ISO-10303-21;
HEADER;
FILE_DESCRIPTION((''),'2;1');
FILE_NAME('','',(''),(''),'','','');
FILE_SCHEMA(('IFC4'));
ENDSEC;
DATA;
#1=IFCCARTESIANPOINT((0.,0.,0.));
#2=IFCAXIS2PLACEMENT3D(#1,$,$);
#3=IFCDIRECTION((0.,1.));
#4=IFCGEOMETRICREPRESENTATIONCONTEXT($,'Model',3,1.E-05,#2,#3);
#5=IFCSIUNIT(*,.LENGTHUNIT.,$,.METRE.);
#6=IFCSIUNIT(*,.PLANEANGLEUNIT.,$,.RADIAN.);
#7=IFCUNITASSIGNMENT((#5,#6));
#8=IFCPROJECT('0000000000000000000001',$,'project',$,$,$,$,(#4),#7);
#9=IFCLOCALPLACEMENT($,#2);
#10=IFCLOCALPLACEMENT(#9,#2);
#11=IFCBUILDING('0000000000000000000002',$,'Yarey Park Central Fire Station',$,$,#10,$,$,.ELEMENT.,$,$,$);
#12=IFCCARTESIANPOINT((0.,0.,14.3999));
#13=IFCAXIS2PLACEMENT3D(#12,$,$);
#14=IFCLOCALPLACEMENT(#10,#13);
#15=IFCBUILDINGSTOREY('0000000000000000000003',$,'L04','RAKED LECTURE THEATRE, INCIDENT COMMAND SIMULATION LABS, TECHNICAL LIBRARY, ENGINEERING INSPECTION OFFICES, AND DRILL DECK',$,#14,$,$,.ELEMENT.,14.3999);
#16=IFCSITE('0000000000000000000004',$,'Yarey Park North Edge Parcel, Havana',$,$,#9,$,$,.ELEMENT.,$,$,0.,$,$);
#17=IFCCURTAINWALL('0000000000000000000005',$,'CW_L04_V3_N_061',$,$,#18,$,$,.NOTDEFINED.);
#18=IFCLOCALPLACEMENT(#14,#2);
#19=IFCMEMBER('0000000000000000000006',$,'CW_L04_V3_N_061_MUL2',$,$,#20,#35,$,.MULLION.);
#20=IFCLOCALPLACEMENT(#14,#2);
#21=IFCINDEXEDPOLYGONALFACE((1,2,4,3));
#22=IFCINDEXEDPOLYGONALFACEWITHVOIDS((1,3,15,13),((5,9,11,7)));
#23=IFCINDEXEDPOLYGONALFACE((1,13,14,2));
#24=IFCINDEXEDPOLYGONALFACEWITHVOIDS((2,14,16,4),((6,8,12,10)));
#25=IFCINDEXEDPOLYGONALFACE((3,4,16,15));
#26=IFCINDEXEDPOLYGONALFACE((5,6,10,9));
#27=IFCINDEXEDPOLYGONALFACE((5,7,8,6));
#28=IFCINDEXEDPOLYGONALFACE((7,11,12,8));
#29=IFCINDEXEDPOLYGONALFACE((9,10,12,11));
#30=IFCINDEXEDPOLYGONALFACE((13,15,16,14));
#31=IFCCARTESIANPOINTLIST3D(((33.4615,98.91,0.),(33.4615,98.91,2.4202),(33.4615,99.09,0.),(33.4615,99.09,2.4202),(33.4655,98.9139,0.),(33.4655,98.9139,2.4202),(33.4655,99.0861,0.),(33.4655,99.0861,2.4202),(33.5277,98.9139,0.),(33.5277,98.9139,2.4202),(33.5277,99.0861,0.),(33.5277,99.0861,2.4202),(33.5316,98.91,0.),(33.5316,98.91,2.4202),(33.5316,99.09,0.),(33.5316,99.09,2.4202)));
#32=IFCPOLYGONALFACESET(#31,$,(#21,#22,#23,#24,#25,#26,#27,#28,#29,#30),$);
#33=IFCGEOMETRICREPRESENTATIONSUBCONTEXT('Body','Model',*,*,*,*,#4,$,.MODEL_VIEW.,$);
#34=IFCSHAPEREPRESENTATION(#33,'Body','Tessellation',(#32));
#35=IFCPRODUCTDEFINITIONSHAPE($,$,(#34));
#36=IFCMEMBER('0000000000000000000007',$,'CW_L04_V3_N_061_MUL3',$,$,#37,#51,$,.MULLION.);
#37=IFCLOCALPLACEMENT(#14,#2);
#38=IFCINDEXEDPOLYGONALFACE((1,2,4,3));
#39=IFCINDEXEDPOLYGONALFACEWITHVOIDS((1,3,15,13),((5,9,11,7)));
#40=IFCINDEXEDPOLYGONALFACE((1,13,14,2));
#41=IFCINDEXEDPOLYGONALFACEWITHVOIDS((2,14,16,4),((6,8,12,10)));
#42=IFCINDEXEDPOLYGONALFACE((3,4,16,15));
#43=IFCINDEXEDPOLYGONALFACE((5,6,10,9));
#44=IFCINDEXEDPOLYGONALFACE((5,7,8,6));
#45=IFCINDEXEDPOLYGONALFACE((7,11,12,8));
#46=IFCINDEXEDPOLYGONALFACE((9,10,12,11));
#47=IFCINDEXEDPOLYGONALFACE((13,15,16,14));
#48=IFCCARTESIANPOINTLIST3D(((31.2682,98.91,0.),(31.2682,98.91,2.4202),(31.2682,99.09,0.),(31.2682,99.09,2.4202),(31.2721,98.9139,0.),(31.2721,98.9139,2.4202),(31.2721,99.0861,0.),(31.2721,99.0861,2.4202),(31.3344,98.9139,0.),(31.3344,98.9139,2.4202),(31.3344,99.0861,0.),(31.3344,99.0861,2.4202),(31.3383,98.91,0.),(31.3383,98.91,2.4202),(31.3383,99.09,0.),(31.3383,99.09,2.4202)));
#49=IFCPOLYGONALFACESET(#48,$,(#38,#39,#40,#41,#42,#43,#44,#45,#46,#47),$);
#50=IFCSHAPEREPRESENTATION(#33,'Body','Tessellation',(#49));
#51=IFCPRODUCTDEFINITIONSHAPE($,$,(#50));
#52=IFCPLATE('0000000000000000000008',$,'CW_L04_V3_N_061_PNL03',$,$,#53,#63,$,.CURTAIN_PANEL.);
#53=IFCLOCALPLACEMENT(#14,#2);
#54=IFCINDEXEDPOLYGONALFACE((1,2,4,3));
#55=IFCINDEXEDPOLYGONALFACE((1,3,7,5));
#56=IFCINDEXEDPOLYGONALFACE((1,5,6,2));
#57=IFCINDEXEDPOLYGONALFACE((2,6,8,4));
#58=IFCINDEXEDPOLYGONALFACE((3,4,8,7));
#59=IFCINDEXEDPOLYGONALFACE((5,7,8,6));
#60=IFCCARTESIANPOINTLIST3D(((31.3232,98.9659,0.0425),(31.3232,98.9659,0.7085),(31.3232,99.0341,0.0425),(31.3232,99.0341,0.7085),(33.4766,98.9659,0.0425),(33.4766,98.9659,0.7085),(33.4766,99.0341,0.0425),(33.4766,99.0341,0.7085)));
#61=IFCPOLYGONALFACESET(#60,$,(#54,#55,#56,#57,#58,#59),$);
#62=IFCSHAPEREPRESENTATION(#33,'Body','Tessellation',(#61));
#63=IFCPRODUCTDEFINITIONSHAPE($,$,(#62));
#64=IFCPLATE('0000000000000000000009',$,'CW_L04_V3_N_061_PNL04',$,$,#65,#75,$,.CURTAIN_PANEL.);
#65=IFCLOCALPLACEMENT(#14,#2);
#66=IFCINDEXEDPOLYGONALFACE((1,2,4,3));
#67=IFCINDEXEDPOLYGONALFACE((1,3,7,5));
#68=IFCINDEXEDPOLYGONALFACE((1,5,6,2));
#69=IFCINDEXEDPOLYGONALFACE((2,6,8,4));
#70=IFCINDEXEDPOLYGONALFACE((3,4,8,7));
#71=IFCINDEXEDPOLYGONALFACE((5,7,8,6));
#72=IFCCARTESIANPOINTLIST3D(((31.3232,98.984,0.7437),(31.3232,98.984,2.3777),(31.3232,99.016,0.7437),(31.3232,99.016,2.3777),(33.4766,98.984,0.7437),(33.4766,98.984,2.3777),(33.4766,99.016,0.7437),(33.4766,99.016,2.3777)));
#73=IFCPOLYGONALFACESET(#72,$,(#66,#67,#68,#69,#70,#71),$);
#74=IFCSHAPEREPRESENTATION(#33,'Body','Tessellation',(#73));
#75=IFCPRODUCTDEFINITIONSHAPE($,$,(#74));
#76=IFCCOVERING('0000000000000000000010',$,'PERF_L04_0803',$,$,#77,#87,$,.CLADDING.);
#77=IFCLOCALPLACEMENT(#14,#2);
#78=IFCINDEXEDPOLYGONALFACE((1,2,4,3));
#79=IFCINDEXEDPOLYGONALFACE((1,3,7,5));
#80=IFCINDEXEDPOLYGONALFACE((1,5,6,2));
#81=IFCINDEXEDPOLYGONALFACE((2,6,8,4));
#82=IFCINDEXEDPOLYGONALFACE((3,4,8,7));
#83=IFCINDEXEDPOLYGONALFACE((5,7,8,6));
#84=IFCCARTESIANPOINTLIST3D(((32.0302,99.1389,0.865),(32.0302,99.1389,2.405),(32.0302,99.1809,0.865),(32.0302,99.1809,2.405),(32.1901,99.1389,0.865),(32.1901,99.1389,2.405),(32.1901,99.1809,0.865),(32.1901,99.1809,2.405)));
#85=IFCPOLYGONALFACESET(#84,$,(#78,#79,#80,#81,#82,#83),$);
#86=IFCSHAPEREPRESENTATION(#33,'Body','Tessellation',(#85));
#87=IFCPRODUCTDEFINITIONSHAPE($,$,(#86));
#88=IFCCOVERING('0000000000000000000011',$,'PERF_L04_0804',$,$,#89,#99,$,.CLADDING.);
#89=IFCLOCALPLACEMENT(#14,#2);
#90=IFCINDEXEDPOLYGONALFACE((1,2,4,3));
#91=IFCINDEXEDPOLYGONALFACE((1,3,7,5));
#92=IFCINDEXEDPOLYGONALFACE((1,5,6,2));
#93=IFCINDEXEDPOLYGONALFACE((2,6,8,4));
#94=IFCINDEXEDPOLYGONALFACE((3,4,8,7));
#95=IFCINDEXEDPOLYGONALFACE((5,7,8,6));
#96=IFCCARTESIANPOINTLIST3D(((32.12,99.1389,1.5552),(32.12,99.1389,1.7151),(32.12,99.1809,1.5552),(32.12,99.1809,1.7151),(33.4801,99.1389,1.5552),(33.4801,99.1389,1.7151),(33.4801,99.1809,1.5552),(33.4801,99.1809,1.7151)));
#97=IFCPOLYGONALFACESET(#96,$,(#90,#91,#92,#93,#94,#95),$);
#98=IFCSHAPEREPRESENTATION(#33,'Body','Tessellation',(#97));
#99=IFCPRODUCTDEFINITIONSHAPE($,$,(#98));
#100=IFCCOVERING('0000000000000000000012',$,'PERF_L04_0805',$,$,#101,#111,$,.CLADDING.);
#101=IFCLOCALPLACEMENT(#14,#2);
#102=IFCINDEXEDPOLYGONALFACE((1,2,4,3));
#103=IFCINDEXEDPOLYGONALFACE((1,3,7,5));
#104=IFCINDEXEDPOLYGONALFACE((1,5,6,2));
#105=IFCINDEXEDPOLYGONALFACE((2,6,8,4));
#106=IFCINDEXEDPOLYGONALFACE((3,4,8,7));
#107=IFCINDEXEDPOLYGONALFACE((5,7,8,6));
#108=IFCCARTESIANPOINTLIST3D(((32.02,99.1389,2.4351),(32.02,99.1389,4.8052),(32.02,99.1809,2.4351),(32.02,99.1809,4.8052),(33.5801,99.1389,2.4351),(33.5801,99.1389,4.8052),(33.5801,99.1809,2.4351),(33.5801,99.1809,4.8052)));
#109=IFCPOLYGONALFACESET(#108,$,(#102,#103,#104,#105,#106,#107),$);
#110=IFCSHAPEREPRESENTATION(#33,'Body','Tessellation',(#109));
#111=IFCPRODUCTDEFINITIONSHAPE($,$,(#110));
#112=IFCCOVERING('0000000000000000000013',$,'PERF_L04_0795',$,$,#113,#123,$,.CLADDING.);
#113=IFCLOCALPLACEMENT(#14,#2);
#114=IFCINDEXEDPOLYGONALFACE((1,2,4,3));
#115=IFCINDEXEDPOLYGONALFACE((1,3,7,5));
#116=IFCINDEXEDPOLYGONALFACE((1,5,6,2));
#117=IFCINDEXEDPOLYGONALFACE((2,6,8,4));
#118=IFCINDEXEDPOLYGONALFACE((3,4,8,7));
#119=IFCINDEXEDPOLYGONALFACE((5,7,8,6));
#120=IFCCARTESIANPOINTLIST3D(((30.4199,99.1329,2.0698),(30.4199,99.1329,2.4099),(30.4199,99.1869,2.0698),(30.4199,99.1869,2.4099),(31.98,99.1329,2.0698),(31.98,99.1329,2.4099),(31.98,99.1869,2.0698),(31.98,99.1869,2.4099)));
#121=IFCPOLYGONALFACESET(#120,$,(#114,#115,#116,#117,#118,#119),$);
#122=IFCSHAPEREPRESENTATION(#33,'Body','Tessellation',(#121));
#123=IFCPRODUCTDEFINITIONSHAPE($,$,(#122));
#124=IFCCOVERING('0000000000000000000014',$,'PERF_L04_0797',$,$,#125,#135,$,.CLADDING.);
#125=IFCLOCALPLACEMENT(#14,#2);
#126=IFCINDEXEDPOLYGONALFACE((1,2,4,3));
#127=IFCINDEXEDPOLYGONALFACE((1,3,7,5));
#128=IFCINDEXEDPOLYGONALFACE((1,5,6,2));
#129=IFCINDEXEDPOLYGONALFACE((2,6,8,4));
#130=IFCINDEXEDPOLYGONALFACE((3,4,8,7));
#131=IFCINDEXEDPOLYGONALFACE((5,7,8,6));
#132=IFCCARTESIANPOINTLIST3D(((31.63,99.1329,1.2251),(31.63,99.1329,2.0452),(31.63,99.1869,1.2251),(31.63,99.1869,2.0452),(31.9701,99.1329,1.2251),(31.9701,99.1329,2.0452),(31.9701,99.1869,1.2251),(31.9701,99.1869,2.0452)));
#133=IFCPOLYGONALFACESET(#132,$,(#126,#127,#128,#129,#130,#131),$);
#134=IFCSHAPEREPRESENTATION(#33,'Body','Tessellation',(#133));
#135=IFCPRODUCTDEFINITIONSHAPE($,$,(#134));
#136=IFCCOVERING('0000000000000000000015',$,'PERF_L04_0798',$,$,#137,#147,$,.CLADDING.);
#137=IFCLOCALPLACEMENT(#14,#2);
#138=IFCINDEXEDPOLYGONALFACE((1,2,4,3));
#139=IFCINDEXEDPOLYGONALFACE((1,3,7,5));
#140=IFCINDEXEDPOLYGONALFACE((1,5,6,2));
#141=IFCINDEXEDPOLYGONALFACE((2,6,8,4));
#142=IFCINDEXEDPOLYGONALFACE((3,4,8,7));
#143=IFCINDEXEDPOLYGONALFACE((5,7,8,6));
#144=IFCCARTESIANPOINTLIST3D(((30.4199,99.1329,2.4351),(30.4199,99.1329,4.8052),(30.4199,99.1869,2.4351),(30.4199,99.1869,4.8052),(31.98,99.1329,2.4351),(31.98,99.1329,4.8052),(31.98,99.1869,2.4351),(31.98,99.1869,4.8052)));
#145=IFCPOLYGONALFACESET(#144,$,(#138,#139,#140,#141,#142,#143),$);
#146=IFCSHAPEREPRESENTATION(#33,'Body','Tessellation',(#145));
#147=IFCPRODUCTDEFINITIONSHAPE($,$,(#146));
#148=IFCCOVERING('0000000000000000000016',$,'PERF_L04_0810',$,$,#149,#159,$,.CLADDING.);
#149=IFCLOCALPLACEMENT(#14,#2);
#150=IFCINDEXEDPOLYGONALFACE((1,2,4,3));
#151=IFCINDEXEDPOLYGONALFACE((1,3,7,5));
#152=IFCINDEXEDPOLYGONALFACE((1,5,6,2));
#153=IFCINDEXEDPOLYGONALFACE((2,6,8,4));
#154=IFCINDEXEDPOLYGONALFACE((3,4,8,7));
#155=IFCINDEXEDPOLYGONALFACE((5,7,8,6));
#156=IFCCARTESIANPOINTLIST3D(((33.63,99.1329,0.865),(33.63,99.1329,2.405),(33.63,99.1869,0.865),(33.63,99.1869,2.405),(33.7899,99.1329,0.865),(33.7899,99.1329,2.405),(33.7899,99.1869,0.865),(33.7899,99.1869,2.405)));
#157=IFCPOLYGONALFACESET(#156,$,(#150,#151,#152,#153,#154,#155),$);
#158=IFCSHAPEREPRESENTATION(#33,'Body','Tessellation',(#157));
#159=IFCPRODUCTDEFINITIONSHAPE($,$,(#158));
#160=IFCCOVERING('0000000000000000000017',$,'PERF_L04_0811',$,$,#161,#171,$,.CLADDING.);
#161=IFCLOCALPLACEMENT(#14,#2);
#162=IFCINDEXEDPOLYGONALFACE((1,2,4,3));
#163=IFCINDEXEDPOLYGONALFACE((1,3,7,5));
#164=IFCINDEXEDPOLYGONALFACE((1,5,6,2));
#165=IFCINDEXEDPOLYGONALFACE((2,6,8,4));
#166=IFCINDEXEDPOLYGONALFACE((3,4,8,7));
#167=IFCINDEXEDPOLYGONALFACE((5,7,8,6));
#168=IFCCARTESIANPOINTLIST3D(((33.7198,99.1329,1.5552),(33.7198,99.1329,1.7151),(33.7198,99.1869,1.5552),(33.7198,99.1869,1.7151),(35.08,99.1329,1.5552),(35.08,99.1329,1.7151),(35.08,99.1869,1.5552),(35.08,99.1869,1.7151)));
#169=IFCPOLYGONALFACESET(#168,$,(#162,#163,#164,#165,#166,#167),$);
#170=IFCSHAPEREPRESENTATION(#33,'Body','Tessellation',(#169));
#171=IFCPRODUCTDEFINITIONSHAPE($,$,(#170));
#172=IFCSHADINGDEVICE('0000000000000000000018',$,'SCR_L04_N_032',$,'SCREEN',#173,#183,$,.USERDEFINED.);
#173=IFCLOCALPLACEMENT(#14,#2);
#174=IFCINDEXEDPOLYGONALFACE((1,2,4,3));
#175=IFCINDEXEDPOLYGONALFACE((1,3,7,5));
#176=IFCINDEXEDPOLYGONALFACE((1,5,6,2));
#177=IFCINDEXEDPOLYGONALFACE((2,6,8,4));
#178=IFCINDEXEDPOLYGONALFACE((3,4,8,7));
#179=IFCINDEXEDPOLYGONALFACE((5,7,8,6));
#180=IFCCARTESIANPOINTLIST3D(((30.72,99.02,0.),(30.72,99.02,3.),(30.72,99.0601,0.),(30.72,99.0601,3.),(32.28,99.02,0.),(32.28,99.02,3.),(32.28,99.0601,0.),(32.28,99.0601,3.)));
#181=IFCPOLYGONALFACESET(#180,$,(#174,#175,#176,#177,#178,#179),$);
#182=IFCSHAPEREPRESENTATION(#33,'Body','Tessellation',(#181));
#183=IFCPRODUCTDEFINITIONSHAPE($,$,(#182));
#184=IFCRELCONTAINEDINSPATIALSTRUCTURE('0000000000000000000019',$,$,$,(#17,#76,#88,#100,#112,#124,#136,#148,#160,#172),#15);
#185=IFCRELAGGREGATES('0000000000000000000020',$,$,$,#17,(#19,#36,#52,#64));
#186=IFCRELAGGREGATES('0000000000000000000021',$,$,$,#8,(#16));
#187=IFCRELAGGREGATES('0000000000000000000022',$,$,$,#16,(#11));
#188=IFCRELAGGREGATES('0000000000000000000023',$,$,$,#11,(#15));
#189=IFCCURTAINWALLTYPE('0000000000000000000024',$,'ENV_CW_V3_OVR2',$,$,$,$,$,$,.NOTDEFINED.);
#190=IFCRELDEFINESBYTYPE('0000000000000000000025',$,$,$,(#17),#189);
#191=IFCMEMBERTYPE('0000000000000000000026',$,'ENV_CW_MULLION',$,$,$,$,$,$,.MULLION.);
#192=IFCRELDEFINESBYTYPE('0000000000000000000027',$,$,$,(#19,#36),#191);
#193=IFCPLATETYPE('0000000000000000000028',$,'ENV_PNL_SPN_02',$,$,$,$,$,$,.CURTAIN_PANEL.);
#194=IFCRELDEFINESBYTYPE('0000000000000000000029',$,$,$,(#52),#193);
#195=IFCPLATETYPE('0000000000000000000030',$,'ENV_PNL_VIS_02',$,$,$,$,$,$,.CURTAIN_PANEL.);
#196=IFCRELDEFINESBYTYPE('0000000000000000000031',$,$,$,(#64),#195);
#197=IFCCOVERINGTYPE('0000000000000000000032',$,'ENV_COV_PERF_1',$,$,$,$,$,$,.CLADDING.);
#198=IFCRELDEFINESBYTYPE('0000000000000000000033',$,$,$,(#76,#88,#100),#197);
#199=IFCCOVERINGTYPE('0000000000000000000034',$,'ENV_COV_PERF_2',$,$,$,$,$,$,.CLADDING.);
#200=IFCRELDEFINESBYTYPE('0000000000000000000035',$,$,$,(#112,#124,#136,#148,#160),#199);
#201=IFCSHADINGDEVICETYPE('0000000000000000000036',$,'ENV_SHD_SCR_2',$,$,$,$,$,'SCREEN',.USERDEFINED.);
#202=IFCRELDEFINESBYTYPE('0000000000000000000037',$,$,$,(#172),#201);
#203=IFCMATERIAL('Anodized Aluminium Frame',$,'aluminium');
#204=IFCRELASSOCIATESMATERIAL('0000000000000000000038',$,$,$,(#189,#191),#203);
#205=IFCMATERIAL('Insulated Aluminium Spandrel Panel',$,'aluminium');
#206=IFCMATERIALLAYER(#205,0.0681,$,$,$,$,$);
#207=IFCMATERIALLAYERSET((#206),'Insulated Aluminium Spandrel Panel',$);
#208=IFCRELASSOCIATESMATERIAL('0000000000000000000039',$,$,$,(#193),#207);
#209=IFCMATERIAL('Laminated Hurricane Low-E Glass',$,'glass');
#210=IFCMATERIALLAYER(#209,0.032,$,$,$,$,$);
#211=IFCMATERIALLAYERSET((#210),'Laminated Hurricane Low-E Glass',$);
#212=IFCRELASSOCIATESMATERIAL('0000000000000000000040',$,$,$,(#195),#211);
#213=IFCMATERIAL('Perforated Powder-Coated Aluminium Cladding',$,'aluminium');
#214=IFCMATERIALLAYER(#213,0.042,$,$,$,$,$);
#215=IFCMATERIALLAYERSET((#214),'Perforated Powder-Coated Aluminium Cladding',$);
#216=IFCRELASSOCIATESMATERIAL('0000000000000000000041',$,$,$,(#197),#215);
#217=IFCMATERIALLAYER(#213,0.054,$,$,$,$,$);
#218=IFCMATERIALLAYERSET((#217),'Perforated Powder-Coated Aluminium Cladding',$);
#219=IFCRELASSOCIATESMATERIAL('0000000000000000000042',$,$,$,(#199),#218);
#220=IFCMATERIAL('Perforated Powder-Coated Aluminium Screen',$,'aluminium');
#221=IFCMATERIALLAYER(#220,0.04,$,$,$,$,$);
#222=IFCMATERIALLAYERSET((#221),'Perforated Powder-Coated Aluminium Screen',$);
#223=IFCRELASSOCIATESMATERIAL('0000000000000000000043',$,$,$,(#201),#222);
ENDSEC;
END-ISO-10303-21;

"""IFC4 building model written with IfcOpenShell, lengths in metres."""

from ifc_helpers import new_model, si_unit, direction, frame, origin, origin_2d, place, context, subcontext, project, spatial, rectangle, hollow_rectangle, extrude, material, layer, layer_set, material_profile, profile_set, type_object, element, aggregate, save


model = new_model("IFC4")

# Units and contexts
model_context = context("Model", 3, precision=1e-05, world=origin(), true_north=direction((0.0, 1.0)))
body_context = subcontext(model_context, "Body", "Model", "MODEL_VIEW")
ifc_project = project(units=[si_unit("LENGTHUNIT", "METRE"), si_unit("PLANEANGLEUNIT", "RADIAN")], contexts=[model_context])

# Site, building, storey
site_placement = place(None, origin())
site = spatial("IfcSite", under=ifc_project, at=site_placement, Name="Yarey Park North Edge Parcel, Havana", CompositionType="ELEMENT", RefElevation=0.0)
building_placement = place(site_placement, origin())
building = spatial("IfcBuilding", under=site, at=building_placement, Name="Yarey Park Central Fire Station", CompositionType="ELEMENT")
storey_placement = place(building_placement, frame((0.0, 0.0, 14.3999)))
storey = spatial("IfcBuildingStorey", under=building, at=storey_placement, Name="L04", Description="RAKED LECTURE THEATRE, INCIDENT COMMAND SIMULATION LABS, TECHNICAL LIBRARY, ENGINEERING INSPECTION OFFICES, AND DRILL DECK", CompositionType="ELEMENT", Elevation=14.3999)

# Curtain wall, members, plates
ifc_material_1 = material(Name="Anodized Aluminium Frame", Category="aluminium")
curtain_wall_type = type_object("IfcCurtainWallType", Name="ENV_CW_V3_OVR2", PredefinedType="NOTDEFINED", material=ifc_material_1)
curtain_wall_placement = place(storey_placement, origin())
curtain_wall = element("IfcCurtainWall", 1, at=curtain_wall_placement, inside=storey, type_object=curtain_wall_type, Name="CW_L04_V3_N_061", PredefinedType="NOTDEFINED")
ifc_material_profile = material_profile(ifc_material_1, hollow_rectangle(XDim=0.0701, YDim=0.1799, WallThickness=0.0039, at=origin_2d()), Name="ALU 180x70x4")
ifc_profile_set = profile_set([ifc_material_profile], Name="Anodized Aluminium Frame")
member_type = type_object("IfcMemberType", Name="ENV_CW_MULLION", PredefinedType="MULLION", material=ifc_profile_set)
member_1_placement = place(storey_placement, frame((33.4966, 99.0, 0.0), z_axis=(0.0, 0.0, 1.0), x_axis=(1.0, 0.0, 0.0)))
member_1 = element("IfcMember", 2, at=member_1_placement, type_object=member_type, Name="CW_L04_V3_N_061_MUL2", PredefinedType="MULLION", context=body_context, shape_type="SweptSolid", body=[
    extrude(hollow_rectangle(XDim=0.0701, YDim=0.1799, WallThickness=0.0039, at=origin_2d()), origin(), (0.0, 0.0, 1.0), 2.4202),
])
member_2_placement = place(storey_placement, frame((31.3032, 99.0, 0.0), z_axis=(0.0, 0.0, 1.0), x_axis=(1.0, 0.0, 0.0)))
member_2 = element("IfcMember", 3, at=member_2_placement, type_object=member_type, Name="CW_L04_V3_N_061_MUL3", PredefinedType="MULLION", context=body_context, shape_type="SweptSolid", body=[
    extrude(hollow_rectangle(XDim=0.0701, YDim=0.1799, WallThickness=0.0039, at=origin_2d()), origin(), (0.0, 0.0, 1.0), 2.4202),
])
ifc_material_2 = material(Name="Insulated Aluminium Spandrel Panel", Category="aluminium")
ifc_layer_1 = layer(ifc_material_2, 0.0681)
ifc_layer_set_1 = layer_set([ifc_layer_1], Name="Insulated Aluminium Spandrel Panel")
plate_type_1 = type_object("IfcPlateType", Name="ENV_PNL_SPN_02", PredefinedType="CURTAIN_PANEL", material=ifc_layer_set_1)
plate_1_placement = place(storey_placement, frame((32.3999, 99.0, 0.0425), z_axis=(0.0, 0.0, 1.0), x_axis=(-1.0, 0.0, 0.0)))
plate_1 = element("IfcPlate", 4, at=plate_1_placement, type_object=plate_type_1, Name="CW_L04_V3_N_061_PNL03", PredefinedType="CURTAIN_PANEL", context=body_context, shape_type="SweptSolid", body=[
    extrude(rectangle(XDim=2.1533, YDim=0.0681, at=origin_2d()), origin(), (0.0, 0.0, 1.0), 0.666),
])
ifc_material_3 = material(Name="Laminated Hurricane Low-E Glass", Category="glass")
ifc_layer_2 = layer(ifc_material_3, 0.032)
ifc_layer_set_2 = layer_set([ifc_layer_2], Name="Laminated Hurricane Low-E Glass")
plate_type_2 = type_object("IfcPlateType", Name="ENV_PNL_VIS_02", PredefinedType="CURTAIN_PANEL", material=ifc_layer_set_2)
plate_2_placement = place(storey_placement, frame((32.3999, 99.0, 0.7437), z_axis=(0.0, 0.0, 1.0), x_axis=(-1.0, 0.0, 0.0)))
plate_2 = element("IfcPlate", 5, at=plate_2_placement, type_object=plate_type_2, Name="CW_L04_V3_N_061_PNL04", PredefinedType="CURTAIN_PANEL", context=body_context, shape_type="SweptSolid", body=[
    extrude(rectangle(XDim=2.1533, YDim=0.032, at=origin_2d()), origin(), (0.0, 0.0, 1.0), 1.634),
])
aggregate(curtain_wall, [member_1, member_2, plate_1, plate_2])

# Coverings
ifc_material_4 = material(Name="Perforated Powder-Coated Aluminium Cladding", Category="aluminium")
ifc_layer_3 = layer(ifc_material_4, 0.042)
ifc_layer_set_3 = layer_set([ifc_layer_3], Name="Perforated Powder-Coated Aluminium Cladding")
covering_type_1 = type_object("IfcCoveringType", Name="ENV_COV_PERF_1", PredefinedType="CLADDING", material=ifc_layer_set_3)
covering_1_placement = place(storey_placement, frame((32.1101, 99.1599, 0.865), z_axis=(0.0, 0.0, 1.0), x_axis=(1.0, 0.0, 0.0)))
element("IfcCovering", 6, at=covering_1_placement, inside=storey, type_object=covering_type_1, Name="PERF_L04_0803", PredefinedType="CLADDING", context=body_context, shape_type="SweptSolid", body=[
    extrude(rectangle(XDim=0.1599, YDim=0.042, at=origin_2d()), origin(), (0.0, 0.0, 1.0), 1.54),
])
covering_2_placement = place(storey_placement, frame((32.8, 99.1599, 1.5552), z_axis=(0.0, 0.0, 1.0), x_axis=(1.0, 0.0, 0.0)))
element("IfcCovering", 7, at=covering_2_placement, inside=storey, type_object=covering_type_1, Name="PERF_L04_0804", PredefinedType="CLADDING", context=body_context, shape_type="SweptSolid", body=[
    extrude(rectangle(XDim=1.3601, YDim=0.042, at=origin_2d()), origin(), (0.0, 0.0, 1.0), 0.1599),
])
covering_3_placement = place(storey_placement, frame((32.8, 99.1599, 2.4351), z_axis=(0.0, 0.0, 1.0), x_axis=(1.0, 0.0, 0.0)))
element("IfcCovering", 8, at=covering_3_placement, inside=storey, type_object=covering_type_1, Name="PERF_L04_0805", PredefinedType="CLADDING", context=body_context, shape_type="SweptSolid", body=[
    extrude(rectangle(XDim=1.5601, YDim=0.042, at=origin_2d()), origin(), (0.0, 0.0, 1.0), 2.3701),
])
ifc_layer_4 = layer(ifc_material_4, 0.054)
ifc_layer_set_4 = layer_set([ifc_layer_4], Name="Perforated Powder-Coated Aluminium Cladding")
covering_type_2 = type_object("IfcCoveringType", Name="ENV_COV_PERF_2", PredefinedType="CLADDING", material=ifc_layer_set_4)
covering_4_placement = place(storey_placement, frame((31.2, 99.1599, 2.0698), z_axis=(0.0, 0.0, 1.0), x_axis=(1.0, 0.0, 0.0)))
element("IfcCovering", 9, at=covering_4_placement, inside=storey, type_object=covering_type_2, Name="PERF_L04_0795", PredefinedType="CLADDING", context=body_context, shape_type="SweptSolid", body=[
    extrude(rectangle(XDim=1.5601, YDim=0.054, at=origin_2d()), origin(), (0.0, 0.0, 1.0), 0.3401),
])
covering_5_placement = place(storey_placement, frame((31.8, 99.1599, 1.2251), z_axis=(0.0, 0.0, 1.0), x_axis=(1.0, 0.0, 0.0)))
element("IfcCovering", 10, at=covering_5_placement, inside=storey, type_object=covering_type_2, Name="PERF_L04_0797", PredefinedType="CLADDING", context=body_context, shape_type="SweptSolid", body=[
    extrude(rectangle(XDim=0.3401, YDim=0.054, at=origin_2d()), origin(), (0.0, 0.0, 1.0), 0.8201),
])
covering_6_placement = place(storey_placement, frame((31.2, 99.1599, 2.4351), z_axis=(0.0, 0.0, 1.0), x_axis=(1.0, 0.0, 0.0)))
element("IfcCovering", 11, at=covering_6_placement, inside=storey, type_object=covering_type_2, Name="PERF_L04_0798", PredefinedType="CLADDING", context=body_context, shape_type="SweptSolid", body=[
    extrude(rectangle(XDim=1.5601, YDim=0.054, at=origin_2d()), origin(), (0.0, 0.0, 1.0), 2.3701),
])
covering_7_placement = place(storey_placement, frame((33.71, 99.1599, 0.865), z_axis=(0.0, 0.0, 1.0), x_axis=(1.0, 0.0, 0.0)))
element("IfcCovering", 12, at=covering_7_placement, inside=storey, type_object=covering_type_2, Name="PERF_L04_0810", PredefinedType="CLADDING", context=body_context, shape_type="SweptSolid", body=[
    extrude(rectangle(XDim=0.1599, YDim=0.054, at=origin_2d()), origin(), (0.0, 0.0, 1.0), 1.54),
])
covering_8_placement = place(storey_placement, frame((34.3999, 99.1599, 1.5552), z_axis=(0.0, 0.0, 1.0), x_axis=(1.0, 0.0, 0.0)))
element("IfcCovering", 13, at=covering_8_placement, inside=storey, type_object=covering_type_2, Name="PERF_L04_0811", PredefinedType="CLADDING", context=body_context, shape_type="SweptSolid", body=[
    extrude(rectangle(XDim=1.3601, YDim=0.054, at=origin_2d()), origin(), (0.0, 0.0, 1.0), 0.1599),
])

# Shading device
ifc_material_5 = material(Name="Perforated Powder-Coated Aluminium Screen", Category="aluminium")
ifc_layer_5 = layer(ifc_material_5, 0.04)
ifc_layer_set_5 = layer_set([ifc_layer_5], Name="Perforated Powder-Coated Aluminium Screen")
shading_device_type = type_object("IfcShadingDeviceType", Name="ENV_SHD_SCR_2", ElementType="SCREEN", PredefinedType="USERDEFINED", material=ifc_layer_set_5)
for number, where, z_axis, x_axis, name in (
    (14, (31.5, 99.04, 0.0), (0.0, 0.0, 1.0), (1.0, 0.0, 0.0), "SCR_L04_N_032"),
):
    element("IfcShadingDevice", number, at=place(storey_placement, frame(where, z_axis=z_axis, x_axis=x_axis)), inside=storey, type_object=shading_device_type, Name=name, ObjectType="SCREEN", PredefinedType="USERDEFINED", context=body_context, shape_type="SweptSolid", body=[
        extrude(rectangle(XDim=1.5601, YDim=0.04, at=origin_2d()), origin(), (0.0, 0.0, 1.0), 3.0),
    ])

save(model, "model.ifc")
